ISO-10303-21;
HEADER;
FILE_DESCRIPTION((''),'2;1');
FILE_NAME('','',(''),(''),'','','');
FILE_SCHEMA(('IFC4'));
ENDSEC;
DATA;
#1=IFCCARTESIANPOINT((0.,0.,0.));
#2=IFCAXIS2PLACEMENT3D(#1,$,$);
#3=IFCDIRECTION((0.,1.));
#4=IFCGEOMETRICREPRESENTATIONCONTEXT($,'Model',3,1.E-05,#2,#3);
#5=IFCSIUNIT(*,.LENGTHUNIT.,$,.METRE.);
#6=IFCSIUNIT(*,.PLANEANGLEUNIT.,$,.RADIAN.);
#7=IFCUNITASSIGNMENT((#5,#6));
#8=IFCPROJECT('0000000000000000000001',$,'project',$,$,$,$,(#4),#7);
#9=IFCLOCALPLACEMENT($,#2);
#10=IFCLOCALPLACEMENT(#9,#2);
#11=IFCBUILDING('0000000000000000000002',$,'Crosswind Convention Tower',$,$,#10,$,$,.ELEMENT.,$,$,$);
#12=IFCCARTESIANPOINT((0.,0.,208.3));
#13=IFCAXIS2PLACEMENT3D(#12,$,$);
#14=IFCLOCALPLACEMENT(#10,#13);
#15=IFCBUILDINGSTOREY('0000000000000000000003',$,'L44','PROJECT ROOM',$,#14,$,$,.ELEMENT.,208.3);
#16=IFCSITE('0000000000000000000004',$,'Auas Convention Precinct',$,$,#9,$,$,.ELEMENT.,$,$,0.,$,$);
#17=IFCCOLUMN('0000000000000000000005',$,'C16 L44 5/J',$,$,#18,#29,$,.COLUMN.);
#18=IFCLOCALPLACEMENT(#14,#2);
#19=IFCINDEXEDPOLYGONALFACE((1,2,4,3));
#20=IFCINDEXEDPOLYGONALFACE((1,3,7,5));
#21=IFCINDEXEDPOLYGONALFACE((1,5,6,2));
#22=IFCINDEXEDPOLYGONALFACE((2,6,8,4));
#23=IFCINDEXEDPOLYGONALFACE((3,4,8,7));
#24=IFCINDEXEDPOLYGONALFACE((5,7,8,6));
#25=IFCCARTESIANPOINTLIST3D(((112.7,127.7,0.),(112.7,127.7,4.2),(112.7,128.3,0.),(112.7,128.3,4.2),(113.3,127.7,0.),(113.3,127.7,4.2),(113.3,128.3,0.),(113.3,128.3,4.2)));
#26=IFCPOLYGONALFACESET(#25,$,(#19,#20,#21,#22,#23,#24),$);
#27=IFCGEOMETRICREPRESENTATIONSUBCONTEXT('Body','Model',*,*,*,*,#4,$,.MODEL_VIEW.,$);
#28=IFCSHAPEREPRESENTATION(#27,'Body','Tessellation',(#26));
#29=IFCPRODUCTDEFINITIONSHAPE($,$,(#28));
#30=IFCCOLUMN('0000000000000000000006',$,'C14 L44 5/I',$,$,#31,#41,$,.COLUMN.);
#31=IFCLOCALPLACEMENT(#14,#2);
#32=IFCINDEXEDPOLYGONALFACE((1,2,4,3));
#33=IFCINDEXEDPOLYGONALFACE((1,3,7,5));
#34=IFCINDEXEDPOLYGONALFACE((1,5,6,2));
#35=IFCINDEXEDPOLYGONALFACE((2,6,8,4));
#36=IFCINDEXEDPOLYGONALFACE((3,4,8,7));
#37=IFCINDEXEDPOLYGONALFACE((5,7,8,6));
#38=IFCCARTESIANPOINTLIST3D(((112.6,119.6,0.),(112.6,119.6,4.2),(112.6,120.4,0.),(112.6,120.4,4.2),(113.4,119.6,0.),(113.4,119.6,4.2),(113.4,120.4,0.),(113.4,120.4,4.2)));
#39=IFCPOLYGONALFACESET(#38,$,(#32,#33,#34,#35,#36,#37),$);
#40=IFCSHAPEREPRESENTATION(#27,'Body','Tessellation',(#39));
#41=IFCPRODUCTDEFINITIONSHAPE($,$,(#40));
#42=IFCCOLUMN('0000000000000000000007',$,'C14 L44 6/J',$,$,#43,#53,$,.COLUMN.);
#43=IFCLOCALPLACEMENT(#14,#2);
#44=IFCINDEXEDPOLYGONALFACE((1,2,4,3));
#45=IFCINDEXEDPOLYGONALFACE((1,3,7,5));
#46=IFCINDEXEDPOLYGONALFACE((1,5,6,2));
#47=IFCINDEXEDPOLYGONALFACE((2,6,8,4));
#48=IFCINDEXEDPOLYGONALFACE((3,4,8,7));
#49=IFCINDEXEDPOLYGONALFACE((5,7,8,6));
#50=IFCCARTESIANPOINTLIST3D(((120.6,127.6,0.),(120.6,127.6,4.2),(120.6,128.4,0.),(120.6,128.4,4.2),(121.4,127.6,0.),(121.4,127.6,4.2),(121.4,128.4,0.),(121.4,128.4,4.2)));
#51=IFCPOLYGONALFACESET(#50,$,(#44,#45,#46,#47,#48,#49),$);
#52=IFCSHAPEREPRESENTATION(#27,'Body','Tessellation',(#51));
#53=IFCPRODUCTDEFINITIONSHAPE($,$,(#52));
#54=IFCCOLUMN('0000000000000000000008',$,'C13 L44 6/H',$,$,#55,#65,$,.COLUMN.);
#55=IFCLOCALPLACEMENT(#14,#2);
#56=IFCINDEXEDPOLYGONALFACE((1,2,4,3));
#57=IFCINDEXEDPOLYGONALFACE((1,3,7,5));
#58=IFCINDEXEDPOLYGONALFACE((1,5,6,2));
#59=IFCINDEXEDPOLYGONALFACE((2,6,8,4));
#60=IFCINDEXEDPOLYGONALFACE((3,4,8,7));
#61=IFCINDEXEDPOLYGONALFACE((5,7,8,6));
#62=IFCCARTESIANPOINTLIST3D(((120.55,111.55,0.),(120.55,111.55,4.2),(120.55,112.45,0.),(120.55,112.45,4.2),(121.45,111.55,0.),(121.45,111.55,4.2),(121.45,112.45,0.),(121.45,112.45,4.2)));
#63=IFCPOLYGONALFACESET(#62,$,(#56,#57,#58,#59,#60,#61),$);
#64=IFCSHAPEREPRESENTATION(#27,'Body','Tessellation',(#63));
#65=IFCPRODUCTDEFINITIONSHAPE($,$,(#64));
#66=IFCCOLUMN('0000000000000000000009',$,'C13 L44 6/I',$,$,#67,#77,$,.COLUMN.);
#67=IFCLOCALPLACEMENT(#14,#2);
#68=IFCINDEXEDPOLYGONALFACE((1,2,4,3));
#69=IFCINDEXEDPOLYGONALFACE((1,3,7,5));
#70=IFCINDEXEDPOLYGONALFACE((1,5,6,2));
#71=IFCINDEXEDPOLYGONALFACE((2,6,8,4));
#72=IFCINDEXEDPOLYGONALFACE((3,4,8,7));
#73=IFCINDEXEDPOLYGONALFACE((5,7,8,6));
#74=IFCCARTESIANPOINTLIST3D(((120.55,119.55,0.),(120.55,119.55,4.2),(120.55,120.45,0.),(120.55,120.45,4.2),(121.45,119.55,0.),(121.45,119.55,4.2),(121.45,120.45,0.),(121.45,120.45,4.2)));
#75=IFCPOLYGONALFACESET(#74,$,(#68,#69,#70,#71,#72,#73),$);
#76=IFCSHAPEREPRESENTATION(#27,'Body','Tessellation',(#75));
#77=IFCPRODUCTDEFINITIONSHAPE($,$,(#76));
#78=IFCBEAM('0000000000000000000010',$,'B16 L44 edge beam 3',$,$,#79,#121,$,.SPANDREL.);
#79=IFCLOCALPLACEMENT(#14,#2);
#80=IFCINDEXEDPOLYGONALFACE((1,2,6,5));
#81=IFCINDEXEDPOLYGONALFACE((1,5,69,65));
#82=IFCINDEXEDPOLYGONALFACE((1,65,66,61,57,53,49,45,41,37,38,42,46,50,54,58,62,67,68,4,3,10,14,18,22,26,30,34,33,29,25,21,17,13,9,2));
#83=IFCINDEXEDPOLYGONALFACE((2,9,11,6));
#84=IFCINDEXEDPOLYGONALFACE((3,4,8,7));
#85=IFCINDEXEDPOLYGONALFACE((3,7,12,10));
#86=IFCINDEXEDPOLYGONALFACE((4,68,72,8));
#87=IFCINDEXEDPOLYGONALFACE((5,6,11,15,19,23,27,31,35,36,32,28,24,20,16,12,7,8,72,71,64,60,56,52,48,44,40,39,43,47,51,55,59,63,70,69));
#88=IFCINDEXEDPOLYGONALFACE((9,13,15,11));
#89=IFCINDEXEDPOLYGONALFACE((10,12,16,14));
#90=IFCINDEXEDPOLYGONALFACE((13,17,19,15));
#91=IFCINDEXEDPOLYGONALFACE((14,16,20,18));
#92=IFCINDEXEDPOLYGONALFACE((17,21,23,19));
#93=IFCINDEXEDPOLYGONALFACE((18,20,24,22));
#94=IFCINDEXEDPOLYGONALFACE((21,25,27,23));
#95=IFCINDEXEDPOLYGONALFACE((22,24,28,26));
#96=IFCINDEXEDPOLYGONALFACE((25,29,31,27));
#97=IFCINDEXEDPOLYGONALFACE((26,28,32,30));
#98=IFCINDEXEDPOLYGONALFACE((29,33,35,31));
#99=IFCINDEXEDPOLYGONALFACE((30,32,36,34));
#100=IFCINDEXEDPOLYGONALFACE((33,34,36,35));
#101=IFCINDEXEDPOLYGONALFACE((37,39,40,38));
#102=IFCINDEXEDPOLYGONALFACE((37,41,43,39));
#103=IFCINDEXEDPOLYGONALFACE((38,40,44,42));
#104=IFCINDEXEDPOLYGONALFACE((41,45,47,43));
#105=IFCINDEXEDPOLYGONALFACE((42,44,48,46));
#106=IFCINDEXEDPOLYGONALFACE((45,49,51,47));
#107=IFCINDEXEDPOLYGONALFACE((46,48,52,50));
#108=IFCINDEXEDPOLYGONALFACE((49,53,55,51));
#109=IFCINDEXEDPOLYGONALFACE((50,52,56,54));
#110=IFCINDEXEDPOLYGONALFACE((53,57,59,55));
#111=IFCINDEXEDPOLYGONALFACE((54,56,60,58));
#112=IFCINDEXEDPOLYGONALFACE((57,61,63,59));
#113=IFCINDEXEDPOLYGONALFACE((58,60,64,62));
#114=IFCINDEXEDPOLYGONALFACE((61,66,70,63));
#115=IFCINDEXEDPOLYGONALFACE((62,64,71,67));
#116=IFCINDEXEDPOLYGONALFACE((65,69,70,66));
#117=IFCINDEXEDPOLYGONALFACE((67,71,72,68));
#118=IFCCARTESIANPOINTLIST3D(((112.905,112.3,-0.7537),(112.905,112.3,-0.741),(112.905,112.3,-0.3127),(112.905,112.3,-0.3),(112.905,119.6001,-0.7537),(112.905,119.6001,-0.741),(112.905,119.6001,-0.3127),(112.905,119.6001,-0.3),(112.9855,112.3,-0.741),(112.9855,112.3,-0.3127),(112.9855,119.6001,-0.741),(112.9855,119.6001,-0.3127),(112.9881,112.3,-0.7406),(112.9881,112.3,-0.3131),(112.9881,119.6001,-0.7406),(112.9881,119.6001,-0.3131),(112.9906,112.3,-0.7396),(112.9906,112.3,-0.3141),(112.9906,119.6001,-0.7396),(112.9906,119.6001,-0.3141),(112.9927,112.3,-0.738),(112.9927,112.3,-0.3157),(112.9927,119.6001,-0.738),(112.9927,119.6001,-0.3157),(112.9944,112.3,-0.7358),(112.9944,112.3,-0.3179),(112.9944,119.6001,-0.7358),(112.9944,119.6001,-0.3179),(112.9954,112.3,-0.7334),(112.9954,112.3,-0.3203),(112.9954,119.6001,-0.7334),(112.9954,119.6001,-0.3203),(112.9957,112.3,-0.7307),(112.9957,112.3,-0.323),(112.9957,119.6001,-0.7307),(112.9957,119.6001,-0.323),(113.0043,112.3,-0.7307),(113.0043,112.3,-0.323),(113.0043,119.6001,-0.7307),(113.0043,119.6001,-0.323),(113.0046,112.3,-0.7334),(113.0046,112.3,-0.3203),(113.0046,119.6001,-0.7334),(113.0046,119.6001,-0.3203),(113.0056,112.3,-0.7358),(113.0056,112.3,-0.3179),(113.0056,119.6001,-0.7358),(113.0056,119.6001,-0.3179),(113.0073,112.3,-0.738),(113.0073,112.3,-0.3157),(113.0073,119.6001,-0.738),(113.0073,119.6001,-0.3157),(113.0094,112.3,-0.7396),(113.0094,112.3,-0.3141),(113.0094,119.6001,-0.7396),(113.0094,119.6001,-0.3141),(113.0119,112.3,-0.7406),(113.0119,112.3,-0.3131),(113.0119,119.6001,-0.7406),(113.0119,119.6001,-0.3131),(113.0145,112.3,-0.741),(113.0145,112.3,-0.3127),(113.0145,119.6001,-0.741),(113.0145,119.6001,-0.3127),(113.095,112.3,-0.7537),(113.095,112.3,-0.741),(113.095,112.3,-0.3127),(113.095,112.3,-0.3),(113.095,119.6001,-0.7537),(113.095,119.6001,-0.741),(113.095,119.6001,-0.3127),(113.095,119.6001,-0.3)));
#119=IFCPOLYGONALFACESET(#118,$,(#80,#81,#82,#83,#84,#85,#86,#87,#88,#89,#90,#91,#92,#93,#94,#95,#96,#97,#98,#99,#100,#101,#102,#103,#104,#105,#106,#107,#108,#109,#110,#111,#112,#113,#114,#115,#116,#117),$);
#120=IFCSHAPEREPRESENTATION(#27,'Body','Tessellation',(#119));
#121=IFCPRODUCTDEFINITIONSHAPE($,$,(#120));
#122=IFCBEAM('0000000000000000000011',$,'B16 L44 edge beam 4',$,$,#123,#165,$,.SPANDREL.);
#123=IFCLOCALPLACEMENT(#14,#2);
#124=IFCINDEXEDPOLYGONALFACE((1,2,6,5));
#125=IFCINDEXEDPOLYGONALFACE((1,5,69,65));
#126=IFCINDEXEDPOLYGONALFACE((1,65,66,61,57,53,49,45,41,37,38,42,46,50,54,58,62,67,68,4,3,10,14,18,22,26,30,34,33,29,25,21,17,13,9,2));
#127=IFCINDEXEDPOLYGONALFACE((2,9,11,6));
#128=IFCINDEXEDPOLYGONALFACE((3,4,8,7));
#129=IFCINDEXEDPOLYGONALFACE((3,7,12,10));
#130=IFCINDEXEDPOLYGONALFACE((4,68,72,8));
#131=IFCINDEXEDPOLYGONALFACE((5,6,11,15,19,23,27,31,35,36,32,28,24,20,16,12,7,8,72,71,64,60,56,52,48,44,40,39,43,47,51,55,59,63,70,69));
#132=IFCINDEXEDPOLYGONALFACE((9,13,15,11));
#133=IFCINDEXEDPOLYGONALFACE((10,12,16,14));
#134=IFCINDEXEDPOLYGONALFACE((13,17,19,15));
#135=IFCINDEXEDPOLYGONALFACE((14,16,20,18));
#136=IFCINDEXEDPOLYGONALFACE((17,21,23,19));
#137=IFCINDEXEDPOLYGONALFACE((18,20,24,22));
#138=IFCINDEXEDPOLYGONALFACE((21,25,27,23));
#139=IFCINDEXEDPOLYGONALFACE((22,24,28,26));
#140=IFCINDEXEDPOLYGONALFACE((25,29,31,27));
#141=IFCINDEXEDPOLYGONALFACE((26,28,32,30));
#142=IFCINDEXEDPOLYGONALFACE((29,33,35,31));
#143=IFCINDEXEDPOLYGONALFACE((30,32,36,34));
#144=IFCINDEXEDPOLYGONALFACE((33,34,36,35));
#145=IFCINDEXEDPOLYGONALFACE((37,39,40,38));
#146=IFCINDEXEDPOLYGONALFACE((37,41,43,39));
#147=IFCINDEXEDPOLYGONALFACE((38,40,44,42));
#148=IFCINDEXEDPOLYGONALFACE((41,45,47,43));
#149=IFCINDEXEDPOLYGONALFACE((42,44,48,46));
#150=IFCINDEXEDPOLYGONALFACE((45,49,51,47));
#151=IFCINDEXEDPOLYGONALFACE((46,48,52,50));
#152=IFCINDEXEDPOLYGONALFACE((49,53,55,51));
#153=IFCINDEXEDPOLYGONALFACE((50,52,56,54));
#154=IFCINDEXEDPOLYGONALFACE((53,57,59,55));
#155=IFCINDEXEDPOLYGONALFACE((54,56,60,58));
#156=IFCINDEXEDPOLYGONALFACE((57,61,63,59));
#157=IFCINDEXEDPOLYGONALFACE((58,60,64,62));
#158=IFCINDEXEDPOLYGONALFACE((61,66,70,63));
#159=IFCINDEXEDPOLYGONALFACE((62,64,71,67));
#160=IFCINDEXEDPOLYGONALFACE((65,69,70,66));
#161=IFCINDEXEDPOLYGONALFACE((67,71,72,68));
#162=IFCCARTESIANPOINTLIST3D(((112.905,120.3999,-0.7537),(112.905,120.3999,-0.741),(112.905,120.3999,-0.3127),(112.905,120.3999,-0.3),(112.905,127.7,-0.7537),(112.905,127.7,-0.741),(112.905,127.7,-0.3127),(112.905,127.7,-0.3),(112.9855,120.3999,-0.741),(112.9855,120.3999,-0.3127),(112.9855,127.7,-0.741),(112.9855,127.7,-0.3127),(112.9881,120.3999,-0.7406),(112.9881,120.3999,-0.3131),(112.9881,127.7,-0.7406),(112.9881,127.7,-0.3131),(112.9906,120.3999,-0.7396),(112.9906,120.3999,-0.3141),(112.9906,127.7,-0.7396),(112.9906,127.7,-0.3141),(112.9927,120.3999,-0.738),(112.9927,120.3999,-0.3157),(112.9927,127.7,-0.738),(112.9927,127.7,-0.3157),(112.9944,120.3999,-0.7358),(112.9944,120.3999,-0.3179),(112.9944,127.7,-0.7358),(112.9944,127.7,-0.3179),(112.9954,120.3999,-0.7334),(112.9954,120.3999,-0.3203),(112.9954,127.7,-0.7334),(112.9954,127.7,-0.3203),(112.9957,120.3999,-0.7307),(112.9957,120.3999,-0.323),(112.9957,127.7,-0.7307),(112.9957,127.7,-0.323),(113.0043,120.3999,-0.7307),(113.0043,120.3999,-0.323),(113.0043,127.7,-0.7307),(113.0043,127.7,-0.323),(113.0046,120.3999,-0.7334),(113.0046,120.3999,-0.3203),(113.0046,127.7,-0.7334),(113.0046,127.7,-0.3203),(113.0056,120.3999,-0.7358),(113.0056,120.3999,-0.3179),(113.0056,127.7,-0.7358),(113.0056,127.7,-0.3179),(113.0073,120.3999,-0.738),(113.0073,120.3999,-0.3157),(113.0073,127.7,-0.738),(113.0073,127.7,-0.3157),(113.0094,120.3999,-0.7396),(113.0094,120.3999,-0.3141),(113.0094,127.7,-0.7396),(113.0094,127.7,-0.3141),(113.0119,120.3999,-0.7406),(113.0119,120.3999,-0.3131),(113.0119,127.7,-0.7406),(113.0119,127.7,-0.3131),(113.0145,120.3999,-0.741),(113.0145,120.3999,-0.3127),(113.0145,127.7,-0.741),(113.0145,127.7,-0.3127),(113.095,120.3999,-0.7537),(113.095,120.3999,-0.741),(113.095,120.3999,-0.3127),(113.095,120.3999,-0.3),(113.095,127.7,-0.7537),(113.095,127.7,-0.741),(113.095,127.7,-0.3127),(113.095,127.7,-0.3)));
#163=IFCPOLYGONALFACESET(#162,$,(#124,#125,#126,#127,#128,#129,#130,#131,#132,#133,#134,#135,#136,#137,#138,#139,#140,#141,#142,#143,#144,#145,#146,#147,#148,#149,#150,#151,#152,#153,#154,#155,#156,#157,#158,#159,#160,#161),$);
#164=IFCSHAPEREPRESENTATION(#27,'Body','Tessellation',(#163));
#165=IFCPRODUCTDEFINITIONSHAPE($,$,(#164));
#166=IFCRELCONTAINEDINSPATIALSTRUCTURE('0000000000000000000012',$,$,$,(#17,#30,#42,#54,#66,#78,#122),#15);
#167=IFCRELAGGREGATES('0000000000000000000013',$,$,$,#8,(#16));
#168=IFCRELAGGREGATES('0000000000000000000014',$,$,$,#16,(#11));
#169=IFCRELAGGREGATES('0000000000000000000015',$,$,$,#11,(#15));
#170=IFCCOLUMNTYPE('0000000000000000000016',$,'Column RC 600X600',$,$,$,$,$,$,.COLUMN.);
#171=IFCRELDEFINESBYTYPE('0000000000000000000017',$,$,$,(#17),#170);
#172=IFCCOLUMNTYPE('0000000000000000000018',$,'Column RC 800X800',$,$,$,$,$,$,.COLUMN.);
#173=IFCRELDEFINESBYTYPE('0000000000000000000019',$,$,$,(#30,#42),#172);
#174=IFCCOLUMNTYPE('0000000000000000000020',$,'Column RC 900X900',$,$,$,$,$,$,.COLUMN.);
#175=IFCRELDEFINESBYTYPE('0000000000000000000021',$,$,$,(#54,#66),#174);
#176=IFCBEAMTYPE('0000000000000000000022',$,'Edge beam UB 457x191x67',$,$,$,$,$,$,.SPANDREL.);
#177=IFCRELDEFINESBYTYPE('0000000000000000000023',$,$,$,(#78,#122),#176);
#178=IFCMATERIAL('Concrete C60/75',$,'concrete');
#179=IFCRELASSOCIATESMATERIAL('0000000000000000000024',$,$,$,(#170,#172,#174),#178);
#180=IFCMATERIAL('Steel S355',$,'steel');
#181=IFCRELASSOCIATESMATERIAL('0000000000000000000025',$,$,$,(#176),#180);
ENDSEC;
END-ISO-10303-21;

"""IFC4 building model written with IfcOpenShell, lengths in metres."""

from ifc_helpers import new_model, si_unit, direction, frame, origin, origin_2d, place, context, subcontext, project, spatial, rectangle, i_section, extrude, material, material_profile, profile_set, type_object, element, save


model = new_model("IFC4")

# Units and contexts
model_context = context("Model", 3, precision=1e-05, world=origin(), true_north=direction((0.0, 1.0)))
body_context = subcontext(model_context, "Body", "Model", "MODEL_VIEW")
ifc_project = project(units=[si_unit("LENGTHUNIT", "METRE"), si_unit("PLANEANGLEUNIT", "RADIAN")], contexts=[model_context])

# Site, building, storey
site_placement = place(None, origin())
site = spatial("IfcSite", under=ifc_project, at=site_placement, Name="Auas Convention Precinct", CompositionType="ELEMENT", RefElevation=0.0)
building_placement = place(site_placement, origin())
building = spatial("IfcBuilding", under=site, at=building_placement, Name="Crosswind Convention Tower", CompositionType="ELEMENT")
storey_placement = place(building_placement, frame((0.0, 0.0, 208.3)))
storey = spatial("IfcBuildingStorey", under=building, at=storey_placement, Name="L44", Description="PROJECT ROOM", CompositionType="ELEMENT", Elevation=208.3)

# Columns
ifc_material_1 = material(Name="Concrete C60/75", Category="concrete")
ifc_material_profile_1 = material_profile(ifc_material_1, rectangle(XDim=0.6001, YDim=0.6001, at=origin_2d()), Name="RC 600X600")
ifc_profile_set_1 = profile_set([ifc_material_profile_1], Name="Concrete C60/75")
column_type_1 = type_object("IfcColumnType", Name="Column RC 600X600", PredefinedType="COLUMN", material=ifc_profile_set_1)
column_placement = place(storey_placement, frame((113.0, 128.0, 0.0), z_axis=(0.0, 0.0, 1.0), x_axis=(1.0, 0.0, 0.0)))
element("IfcColumn", 1, at=column_placement, inside=storey, type_object=column_type_1, Name="C16 L44 5/J", PredefinedType="COLUMN", context=body_context, shape_type="SweptSolid", body=[
    extrude(rectangle(XDim=0.6001, YDim=0.6001, at=origin_2d()), origin(), (0.0, 0.0, 1.0), 4.2),
])
ifc_material_profile_2 = material_profile(ifc_material_1, rectangle(XDim=0.8, YDim=0.8, at=origin_2d()), Name="RC 800X800")
ifc_profile_set_2 = profile_set([ifc_material_profile_2], Name="Concrete C60/75")
column_type_2 = type_object("IfcColumnType", Name="Column RC 800X800", PredefinedType="COLUMN", material=ifc_profile_set_2)
for number, where, z_axis, x_axis, name in (
    (2, (113.0, 120.0, 0.0), (0.0, 0.0, 1.0), (1.0, 0.0, 0.0), "C14 L44 5/I"),
    (3, (121.0, 128.0, 0.0), (0.0, 0.0, 1.0), (1.0, 0.0, 0.0), "C14 L44 6/J"),
):
    element("IfcColumn", number, at=place(storey_placement, frame(where, z_axis=z_axis, x_axis=x_axis)), inside=storey, type_object=column_type_2, Name=name, PredefinedType="COLUMN", context=body_context, shape_type="SweptSolid", body=[
        extrude(rectangle(XDim=0.8, YDim=0.8, at=origin_2d()), origin(), (0.0, 0.0, 1.0), 4.2),
    ])
ifc_material_profile_3 = material_profile(ifc_material_1, rectangle(XDim=0.8999, YDim=0.8999, at=origin_2d()), Name="RC 900X900")
ifc_profile_set_3 = profile_set([ifc_material_profile_3], Name="Concrete C60/75")
column_type_3 = type_object("IfcColumnType", Name="Column RC 900X900", PredefinedType="COLUMN", material=ifc_profile_set_3)
for number, where, z_axis, x_axis, name in (
    (4, (121.0, 112.0, 0.0), (0.0, 0.0, 1.0), (1.0, 0.0, 0.0), "C13 L44 6/H"),
    (5, (121.0, 120.0, 0.0), (0.0, 0.0, 1.0), (1.0, 0.0, 0.0), "C13 L44 6/I"),
):
    element("IfcColumn", number, at=place(storey_placement, frame(where, z_axis=z_axis, x_axis=x_axis)), inside=storey, type_object=column_type_3, Name=name, PredefinedType="COLUMN", context=body_context, shape_type="SweptSolid", body=[
        extrude(rectangle(XDim=0.8999, YDim=0.8999, at=origin_2d()), origin(), (0.0, 0.0, 1.0), 4.2),
    ])

# Beams
ifc_material_2 = material(Name="Steel S355", Category="steel")
ifc_material_profile_4 = material_profile(ifc_material_2, i_section(OverallWidth=0.1899, OverallDepth=0.4536, WebThickness=0.0085, FlangeThickness=0.0127, FilletRadius=0.0103, at=origin_2d()), Name="UB 457x191x67")
ifc_profile_set_4 = profile_set([ifc_material_profile_4], Name="Steel S355")
beam_type_1 = type_object("IfcBeamType", Name="Edge beam UB 457x191x67", PredefinedType="SPANDREL", material=ifc_profile_set_4)
for number, where, z_axis, x_axis, name in (
    (6, (113.0, 112.3, -0.5269), (0.0, 1.0, 0.0), (-1.0, 0.0, 0.0), "B16 L44 edge beam 3"),
    (7, (113.0, 120.3999, -0.5269), (0.0, 1.0, 0.0), (-1.0, 0.0, 0.0), "B16 L44 edge beam 4"),
):
    element("IfcBeam", number, at=place(storey_placement, frame(where, z_axis=z_axis, x_axis=x_axis)), inside=storey, type_object=beam_type_1, Name=name, PredefinedType="SPANDREL", context=body_context, shape_type="SweptSolid", body=[
        extrude(i_section(OverallWidth=0.1899, OverallDepth=0.4536, WebThickness=0.0085, FlangeThickness=0.0127, FilletRadius=0.0103, at=origin_2d()), origin(), (0.0, 0.0, 1.0), 7.3),
    ])

save(model, "model.ifc")
